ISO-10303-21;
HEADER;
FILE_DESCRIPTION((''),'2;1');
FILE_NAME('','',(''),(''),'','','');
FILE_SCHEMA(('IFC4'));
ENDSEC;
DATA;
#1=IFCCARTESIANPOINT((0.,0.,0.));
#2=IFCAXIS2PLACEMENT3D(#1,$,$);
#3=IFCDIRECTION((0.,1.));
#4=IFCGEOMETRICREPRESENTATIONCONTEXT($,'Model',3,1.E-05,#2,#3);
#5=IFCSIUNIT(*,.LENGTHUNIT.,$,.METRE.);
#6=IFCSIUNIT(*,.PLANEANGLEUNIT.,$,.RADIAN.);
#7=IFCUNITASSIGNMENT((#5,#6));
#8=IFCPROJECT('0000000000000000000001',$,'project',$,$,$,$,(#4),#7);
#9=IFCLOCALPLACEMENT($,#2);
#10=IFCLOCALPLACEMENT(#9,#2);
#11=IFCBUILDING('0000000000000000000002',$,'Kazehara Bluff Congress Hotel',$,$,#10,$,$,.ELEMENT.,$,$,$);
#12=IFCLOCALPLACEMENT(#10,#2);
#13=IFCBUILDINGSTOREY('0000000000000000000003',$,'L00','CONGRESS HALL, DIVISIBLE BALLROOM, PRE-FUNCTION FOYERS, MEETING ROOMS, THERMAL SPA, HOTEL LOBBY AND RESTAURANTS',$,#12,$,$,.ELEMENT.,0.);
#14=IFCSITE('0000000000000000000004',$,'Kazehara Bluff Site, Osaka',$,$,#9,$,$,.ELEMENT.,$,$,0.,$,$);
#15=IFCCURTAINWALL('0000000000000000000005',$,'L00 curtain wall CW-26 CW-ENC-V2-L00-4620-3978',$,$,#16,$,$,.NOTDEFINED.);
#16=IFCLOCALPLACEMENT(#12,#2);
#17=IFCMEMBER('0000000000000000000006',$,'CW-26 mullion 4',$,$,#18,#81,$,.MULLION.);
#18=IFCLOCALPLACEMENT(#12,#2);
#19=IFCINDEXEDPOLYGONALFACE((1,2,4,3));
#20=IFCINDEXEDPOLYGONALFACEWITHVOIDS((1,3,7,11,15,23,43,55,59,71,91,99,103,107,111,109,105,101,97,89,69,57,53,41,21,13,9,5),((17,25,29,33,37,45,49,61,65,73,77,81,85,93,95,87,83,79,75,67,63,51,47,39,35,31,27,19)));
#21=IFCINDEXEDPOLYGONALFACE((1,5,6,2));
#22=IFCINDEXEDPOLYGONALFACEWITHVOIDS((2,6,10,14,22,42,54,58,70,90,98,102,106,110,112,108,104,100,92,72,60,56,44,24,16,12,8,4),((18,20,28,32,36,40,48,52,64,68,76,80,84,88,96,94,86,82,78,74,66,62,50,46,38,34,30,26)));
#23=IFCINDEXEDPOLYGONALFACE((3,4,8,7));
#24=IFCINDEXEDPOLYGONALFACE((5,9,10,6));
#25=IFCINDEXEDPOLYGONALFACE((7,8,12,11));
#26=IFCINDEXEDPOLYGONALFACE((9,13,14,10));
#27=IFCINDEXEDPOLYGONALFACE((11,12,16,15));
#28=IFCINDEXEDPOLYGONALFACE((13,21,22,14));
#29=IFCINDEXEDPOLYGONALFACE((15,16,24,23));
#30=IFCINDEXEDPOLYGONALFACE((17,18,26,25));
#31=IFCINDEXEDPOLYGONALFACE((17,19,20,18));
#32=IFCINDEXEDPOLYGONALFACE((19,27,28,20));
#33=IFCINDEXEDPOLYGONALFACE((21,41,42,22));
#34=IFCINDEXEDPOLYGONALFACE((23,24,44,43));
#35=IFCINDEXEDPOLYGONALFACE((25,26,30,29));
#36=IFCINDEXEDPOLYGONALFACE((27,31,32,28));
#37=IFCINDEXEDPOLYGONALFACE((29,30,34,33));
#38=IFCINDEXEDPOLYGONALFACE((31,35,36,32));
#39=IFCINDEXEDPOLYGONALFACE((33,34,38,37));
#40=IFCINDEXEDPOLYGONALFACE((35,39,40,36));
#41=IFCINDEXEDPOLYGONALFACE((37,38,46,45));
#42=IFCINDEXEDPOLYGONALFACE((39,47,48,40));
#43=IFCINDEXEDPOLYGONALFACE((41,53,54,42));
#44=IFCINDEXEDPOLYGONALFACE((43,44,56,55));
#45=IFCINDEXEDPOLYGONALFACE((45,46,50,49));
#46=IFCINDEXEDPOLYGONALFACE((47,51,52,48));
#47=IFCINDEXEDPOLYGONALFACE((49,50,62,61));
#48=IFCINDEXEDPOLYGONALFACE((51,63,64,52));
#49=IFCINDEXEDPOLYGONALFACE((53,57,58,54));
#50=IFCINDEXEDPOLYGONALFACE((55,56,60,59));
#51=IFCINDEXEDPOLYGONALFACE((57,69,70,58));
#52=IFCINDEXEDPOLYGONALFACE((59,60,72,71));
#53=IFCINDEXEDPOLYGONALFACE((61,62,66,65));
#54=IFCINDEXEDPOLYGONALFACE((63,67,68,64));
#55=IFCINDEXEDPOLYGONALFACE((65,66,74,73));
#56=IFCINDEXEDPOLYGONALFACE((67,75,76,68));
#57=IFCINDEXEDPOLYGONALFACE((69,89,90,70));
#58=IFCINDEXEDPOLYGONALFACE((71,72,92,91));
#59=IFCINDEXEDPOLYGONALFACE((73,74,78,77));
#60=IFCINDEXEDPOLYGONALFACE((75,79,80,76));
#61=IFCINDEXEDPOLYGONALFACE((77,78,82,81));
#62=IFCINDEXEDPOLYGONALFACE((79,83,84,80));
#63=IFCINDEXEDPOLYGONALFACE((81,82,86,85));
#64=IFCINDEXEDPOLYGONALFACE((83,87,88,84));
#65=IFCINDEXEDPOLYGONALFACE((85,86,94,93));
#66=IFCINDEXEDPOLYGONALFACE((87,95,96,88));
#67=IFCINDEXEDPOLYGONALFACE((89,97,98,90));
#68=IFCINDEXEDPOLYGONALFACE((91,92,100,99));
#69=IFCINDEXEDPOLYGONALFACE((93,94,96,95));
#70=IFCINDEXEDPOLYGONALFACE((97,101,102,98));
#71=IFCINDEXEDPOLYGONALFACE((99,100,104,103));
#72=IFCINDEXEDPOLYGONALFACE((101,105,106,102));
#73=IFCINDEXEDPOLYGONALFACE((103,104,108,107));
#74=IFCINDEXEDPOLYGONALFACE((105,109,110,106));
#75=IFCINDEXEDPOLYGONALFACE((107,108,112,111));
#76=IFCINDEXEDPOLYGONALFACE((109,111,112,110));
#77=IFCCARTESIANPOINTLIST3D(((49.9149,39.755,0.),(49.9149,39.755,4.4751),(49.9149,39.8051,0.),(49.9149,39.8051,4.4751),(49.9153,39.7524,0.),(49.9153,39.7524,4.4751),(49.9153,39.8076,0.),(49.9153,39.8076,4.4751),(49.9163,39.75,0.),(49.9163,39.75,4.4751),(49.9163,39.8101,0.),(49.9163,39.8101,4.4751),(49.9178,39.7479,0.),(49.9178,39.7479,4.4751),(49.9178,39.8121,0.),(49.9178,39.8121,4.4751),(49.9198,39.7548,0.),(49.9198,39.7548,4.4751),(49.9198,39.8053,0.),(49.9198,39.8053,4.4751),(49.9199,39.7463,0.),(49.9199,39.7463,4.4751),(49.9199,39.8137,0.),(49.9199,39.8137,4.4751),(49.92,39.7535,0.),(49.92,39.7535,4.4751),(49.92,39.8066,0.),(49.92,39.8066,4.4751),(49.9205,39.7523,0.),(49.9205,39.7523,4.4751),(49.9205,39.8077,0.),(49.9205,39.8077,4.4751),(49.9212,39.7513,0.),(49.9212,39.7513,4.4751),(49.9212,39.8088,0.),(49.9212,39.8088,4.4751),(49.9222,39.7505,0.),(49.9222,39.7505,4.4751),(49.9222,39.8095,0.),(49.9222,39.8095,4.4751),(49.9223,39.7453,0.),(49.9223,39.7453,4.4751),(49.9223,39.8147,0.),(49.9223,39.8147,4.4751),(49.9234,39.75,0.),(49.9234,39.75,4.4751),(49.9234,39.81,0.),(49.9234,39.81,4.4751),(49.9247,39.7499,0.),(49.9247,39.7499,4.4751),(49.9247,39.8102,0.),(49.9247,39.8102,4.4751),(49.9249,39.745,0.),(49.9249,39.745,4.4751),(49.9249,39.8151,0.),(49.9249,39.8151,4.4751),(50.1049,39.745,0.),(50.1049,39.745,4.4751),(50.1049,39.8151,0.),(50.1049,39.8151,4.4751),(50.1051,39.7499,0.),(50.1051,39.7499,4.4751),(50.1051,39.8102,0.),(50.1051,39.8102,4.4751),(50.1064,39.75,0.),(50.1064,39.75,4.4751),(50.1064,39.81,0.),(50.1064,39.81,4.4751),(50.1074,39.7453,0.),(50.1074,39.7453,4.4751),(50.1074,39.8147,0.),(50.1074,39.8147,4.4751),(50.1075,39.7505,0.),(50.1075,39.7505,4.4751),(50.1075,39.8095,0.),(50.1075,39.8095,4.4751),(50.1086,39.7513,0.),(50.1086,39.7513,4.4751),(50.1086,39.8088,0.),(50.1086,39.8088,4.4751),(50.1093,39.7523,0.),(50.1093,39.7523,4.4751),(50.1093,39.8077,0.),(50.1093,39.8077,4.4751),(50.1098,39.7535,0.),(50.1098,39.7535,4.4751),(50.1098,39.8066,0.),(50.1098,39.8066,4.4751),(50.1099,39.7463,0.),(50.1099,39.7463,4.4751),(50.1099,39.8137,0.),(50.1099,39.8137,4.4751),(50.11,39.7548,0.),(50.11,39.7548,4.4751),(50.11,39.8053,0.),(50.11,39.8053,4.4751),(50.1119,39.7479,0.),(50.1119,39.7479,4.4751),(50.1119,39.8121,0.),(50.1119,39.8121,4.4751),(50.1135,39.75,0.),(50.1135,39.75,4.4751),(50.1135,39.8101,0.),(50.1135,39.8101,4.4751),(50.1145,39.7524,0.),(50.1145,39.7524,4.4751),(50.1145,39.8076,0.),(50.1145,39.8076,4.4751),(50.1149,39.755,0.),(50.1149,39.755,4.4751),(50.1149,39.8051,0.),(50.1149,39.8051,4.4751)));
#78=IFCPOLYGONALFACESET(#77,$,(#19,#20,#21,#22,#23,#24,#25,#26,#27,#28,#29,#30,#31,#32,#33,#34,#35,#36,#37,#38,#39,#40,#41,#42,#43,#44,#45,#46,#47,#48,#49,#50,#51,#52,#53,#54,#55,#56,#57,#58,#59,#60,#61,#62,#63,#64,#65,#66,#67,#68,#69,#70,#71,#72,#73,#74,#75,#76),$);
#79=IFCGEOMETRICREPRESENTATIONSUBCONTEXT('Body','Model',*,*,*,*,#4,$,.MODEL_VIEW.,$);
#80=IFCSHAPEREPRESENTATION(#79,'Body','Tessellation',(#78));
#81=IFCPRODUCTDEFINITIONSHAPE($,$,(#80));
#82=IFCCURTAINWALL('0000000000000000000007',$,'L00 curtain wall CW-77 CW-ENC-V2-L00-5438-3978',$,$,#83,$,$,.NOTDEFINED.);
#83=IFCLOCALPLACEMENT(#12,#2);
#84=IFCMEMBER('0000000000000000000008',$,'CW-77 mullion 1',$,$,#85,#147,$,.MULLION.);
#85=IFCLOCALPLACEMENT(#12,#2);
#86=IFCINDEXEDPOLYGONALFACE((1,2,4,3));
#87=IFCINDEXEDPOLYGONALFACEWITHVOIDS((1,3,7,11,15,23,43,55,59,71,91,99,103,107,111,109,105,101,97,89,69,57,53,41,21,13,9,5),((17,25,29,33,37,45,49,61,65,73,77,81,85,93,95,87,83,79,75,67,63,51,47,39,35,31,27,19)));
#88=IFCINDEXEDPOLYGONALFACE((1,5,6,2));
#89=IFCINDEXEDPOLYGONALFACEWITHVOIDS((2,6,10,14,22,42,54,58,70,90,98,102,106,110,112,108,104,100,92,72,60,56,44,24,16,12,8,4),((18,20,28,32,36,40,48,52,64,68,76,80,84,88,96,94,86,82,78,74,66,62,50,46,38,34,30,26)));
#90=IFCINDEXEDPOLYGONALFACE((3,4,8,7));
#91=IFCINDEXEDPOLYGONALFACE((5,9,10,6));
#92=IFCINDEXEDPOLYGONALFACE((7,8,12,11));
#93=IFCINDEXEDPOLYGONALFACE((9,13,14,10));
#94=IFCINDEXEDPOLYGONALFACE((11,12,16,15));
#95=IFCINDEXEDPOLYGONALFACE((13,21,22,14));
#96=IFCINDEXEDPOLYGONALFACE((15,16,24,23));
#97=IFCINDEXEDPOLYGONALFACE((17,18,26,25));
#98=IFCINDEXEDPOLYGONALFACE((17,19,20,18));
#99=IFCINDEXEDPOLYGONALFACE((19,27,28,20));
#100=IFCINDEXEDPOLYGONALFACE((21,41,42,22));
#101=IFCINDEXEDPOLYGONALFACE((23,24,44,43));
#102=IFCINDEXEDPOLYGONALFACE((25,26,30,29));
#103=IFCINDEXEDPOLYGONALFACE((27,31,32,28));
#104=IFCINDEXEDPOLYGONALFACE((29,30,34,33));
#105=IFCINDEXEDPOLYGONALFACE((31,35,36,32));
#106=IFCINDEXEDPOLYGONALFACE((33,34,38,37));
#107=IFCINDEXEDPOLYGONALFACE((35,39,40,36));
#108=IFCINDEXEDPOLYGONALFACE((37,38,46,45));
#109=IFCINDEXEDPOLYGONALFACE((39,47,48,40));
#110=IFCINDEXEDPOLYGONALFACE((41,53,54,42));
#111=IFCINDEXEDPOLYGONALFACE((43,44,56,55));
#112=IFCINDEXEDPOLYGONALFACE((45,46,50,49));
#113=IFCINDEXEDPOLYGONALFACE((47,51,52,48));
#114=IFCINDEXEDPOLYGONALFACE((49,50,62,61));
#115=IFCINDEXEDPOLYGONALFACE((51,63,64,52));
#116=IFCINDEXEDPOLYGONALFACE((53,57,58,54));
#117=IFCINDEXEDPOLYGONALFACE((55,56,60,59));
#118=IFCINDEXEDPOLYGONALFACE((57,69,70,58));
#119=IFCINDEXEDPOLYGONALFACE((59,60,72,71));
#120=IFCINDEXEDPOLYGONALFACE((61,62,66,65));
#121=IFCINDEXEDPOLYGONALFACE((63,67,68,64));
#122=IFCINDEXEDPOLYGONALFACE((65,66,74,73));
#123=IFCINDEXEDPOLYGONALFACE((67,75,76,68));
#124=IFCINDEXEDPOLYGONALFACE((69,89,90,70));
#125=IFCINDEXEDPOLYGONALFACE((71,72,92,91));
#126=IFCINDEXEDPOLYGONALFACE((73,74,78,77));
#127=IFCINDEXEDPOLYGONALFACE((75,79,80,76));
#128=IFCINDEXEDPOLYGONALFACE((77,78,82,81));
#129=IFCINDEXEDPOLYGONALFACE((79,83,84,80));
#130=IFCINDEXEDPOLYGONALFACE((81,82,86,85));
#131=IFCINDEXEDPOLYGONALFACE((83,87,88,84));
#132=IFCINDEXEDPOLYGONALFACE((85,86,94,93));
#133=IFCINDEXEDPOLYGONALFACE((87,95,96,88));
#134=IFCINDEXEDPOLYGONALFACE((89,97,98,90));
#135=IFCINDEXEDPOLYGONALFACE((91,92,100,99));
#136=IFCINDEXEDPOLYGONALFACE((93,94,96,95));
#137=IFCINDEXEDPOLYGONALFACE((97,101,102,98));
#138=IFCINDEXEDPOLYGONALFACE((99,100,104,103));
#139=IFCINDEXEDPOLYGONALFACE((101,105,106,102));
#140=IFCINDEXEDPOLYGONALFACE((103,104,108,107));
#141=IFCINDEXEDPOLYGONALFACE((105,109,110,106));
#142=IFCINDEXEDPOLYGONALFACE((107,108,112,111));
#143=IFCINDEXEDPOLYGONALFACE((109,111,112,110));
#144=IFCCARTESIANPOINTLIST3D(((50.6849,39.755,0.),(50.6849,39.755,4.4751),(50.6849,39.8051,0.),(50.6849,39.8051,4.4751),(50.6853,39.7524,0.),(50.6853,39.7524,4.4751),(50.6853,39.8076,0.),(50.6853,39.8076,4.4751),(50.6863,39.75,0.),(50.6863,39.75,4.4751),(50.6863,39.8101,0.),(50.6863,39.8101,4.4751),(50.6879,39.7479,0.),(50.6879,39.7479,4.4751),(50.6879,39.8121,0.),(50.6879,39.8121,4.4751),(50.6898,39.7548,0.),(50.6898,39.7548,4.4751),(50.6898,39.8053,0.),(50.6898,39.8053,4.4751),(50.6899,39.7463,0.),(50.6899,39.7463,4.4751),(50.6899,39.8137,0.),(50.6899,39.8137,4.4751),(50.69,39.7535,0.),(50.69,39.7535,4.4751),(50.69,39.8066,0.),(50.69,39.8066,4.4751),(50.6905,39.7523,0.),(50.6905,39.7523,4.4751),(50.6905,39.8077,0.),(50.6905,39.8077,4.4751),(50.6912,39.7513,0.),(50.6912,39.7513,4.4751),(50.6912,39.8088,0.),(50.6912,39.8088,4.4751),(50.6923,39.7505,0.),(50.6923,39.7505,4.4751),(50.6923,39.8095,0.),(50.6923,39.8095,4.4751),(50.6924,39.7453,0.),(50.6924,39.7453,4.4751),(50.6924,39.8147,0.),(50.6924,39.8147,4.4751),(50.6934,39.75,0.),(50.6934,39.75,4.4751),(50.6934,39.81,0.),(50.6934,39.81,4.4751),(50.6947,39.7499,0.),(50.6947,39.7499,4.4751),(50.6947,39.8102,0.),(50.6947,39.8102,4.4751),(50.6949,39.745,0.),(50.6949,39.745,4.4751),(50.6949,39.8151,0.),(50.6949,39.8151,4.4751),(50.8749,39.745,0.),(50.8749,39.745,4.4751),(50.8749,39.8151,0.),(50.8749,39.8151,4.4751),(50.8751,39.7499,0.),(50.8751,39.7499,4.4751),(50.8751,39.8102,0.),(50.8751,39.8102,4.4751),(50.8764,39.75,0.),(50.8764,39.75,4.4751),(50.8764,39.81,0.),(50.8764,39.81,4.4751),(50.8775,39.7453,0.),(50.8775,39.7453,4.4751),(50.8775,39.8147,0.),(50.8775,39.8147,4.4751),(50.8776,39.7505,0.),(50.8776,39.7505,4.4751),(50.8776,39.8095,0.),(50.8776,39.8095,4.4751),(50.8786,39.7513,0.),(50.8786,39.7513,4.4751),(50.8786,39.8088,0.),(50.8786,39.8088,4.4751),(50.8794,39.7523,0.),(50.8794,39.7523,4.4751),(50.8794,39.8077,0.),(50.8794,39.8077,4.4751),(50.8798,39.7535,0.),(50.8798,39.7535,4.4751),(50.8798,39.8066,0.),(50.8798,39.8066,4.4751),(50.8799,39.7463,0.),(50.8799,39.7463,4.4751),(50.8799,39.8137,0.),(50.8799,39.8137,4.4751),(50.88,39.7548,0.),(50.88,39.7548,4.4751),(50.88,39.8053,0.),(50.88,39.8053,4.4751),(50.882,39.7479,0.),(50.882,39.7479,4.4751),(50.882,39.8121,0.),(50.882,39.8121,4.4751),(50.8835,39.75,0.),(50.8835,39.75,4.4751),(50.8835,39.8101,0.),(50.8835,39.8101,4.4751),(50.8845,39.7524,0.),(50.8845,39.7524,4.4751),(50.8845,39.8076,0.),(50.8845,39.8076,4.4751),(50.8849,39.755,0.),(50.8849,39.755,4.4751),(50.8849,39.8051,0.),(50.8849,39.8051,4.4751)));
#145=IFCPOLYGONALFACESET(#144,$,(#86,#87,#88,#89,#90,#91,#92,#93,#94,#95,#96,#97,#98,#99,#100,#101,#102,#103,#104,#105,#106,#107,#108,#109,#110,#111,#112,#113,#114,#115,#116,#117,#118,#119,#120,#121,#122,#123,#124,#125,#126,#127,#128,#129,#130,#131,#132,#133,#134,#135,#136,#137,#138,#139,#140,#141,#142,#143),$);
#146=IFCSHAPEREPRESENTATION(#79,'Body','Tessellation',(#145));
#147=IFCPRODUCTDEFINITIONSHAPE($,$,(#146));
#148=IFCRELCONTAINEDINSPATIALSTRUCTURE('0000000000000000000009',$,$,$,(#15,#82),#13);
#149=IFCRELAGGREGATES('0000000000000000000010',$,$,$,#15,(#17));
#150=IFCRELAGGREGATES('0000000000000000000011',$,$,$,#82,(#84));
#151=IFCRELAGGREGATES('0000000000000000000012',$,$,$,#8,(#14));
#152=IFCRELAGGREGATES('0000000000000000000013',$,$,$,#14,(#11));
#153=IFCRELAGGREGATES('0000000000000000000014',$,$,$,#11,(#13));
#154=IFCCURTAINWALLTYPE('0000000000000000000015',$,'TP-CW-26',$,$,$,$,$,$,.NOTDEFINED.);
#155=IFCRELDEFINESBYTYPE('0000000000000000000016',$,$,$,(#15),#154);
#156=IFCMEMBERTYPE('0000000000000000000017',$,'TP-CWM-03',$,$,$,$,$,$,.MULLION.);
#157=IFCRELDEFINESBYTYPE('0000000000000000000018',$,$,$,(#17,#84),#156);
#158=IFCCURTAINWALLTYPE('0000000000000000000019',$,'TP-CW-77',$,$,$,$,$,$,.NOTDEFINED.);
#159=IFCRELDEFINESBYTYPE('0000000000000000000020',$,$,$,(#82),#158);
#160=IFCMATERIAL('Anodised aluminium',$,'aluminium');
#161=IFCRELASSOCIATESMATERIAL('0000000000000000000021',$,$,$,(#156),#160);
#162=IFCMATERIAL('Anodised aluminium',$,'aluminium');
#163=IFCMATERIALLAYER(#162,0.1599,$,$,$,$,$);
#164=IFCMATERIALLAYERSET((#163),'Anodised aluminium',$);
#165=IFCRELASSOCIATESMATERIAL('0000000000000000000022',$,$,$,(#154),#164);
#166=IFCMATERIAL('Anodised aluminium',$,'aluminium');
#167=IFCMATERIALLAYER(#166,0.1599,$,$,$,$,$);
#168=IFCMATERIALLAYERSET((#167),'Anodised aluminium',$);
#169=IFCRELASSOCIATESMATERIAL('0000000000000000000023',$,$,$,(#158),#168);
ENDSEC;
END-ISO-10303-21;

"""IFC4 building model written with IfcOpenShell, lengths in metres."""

from ifc_helpers import new_model, si_unit, direction, frame, origin, origin_2d, place, context, subcontext, project, spatial, hollow_rectangle, extrude, material, layer, layer_set, material_profile, profile_set, type_object, element, aggregate, save


model = new_model("IFC4")

# Units and contexts
model_context = context("Model", 3, precision=1e-05, world=origin(), true_north=direction((0.0, 1.0)))
body_context = subcontext(model_context, "Body", "Model", "MODEL_VIEW")
ifc_project = project(units=[si_unit("LENGTHUNIT", "METRE"), si_unit("PLANEANGLEUNIT", "RADIAN")], contexts=[model_context])

# Site, building, storey
site_placement = place(None, origin())
site = spatial("IfcSite", under=ifc_project, at=site_placement, Name="Kazehara Bluff Site, Osaka", CompositionType="ELEMENT", RefElevation=0.0)
building_placement = place(site_placement, origin())
building = spatial("IfcBuilding", under=site, at=building_placement, Name="Kazehara Bluff Congress Hotel", CompositionType="ELEMENT")
storey_placement = place(building_placement, origin())
storey = spatial("IfcBuildingStorey", under=building, at=storey_placement, Name="L00", Description="CONGRESS HALL, DIVISIBLE BALLROOM, PRE-FUNCTION FOYERS, MEETING ROOMS, THERMAL SPA, HOTEL LOBBY AND RESTAURANTS", CompositionType="ELEMENT", Elevation=0.0)

# Shared definitions
ifc_material_1 = material(Name="Anodised aluminium", Category="aluminium")
ifc_material_profile_1 = material_profile(ifc_material_1, hollow_rectangle(XDim=0.0701, YDim=0.2, WallThickness=0.0049, InnerFilletRadius=0.0049, OuterFilletRadius=0.01, at=origin_2d()))
ifc_profile_set_1 = profile_set([ifc_material_profile_1], Name="Anodised aluminium")
member_type_1 = type_object("IfcMemberType", Name="TP-CWM-03", PredefinedType="MULLION", material=ifc_profile_set_1)

# Curtain walls, members
ifc_material_2 = material(Name="Anodised aluminium", Category="aluminium")
ifc_layer_1 = layer(ifc_material_2, 0.1599)
ifc_layer_set_1 = layer_set([ifc_layer_1], Name="Anodised aluminium")
curtain_wall_type_1 = type_object("IfcCurtainWallType", Name="TP-CW-26", PredefinedType="NOTDEFINED", material=ifc_layer_set_1)
curtain_wall_1_placement = place(storey_placement, origin())
curtain_wall_1 = element("IfcCurtainWall", 1, at=curtain_wall_1_placement, inside=storey, type_object=curtain_wall_type_1, Name="L00 curtain wall CW-26 CW-ENC-V2-L00-4620-3978", PredefinedType="NOTDEFINED")
member_1_placement = place(storey_placement, frame((50.0149, 39.78, 0.0), z_axis=(0.0, 0.0, 1.0), x_axis=(0.0, 1.0, 0.0)))
member_1 = element("IfcMember", 2, at=member_1_placement, type_object=member_type_1, Name="CW-26 mullion 4", PredefinedType="MULLION", context=body_context, shape_type="SweptSolid", body=[
    extrude(hollow_rectangle(XDim=0.0701, YDim=0.2, WallThickness=0.0049, InnerFilletRadius=0.0049, OuterFilletRadius=0.01, at=origin_2d()), origin(), (0.0, 0.0, 1.0), 4.4751),
])
ifc_material_3 = material(Name="Anodised aluminium", Category="aluminium")
ifc_layer_2 = layer(ifc_material_3, 0.1599)
ifc_layer_set_2 = layer_set([ifc_layer_2], Name="Anodised aluminium")
curtain_wall_type_2 = type_object("IfcCurtainWallType", Name="TP-CW-77", PredefinedType="NOTDEFINED", material=ifc_layer_set_2)
curtain_wall_2_placement = place(storey_placement, origin())
curtain_wall_2 = element("IfcCurtainWall", 3, at=curtain_wall_2_placement, inside=storey, type_object=curtain_wall_type_2, Name="L00 curtain wall CW-77 CW-ENC-V2-L00-5438-3978", PredefinedType="NOTDEFINED")
member_2_placement = place(storey_placement, frame((50.7849, 39.78, 0.0), z_axis=(0.0, 0.0, 1.0), x_axis=(0.0, 1.0, 0.0)))
member_2 = element("IfcMember", 4, at=member_2_placement, type_object=member_type_1, Name="CW-77 mullion 1", PredefinedType="MULLION", context=body_context, shape_type="SweptSolid", body=[
    extrude(hollow_rectangle(XDim=0.0701, YDim=0.2, WallThickness=0.0049, InnerFilletRadius=0.0049, OuterFilletRadius=0.01, at=origin_2d()), origin(), (0.0, 0.0, 1.0), 4.4751),
])

aggregate(curtain_wall_1, [member_1])
aggregate(curtain_wall_2, [member_2])

save(model, "model.ifc")
